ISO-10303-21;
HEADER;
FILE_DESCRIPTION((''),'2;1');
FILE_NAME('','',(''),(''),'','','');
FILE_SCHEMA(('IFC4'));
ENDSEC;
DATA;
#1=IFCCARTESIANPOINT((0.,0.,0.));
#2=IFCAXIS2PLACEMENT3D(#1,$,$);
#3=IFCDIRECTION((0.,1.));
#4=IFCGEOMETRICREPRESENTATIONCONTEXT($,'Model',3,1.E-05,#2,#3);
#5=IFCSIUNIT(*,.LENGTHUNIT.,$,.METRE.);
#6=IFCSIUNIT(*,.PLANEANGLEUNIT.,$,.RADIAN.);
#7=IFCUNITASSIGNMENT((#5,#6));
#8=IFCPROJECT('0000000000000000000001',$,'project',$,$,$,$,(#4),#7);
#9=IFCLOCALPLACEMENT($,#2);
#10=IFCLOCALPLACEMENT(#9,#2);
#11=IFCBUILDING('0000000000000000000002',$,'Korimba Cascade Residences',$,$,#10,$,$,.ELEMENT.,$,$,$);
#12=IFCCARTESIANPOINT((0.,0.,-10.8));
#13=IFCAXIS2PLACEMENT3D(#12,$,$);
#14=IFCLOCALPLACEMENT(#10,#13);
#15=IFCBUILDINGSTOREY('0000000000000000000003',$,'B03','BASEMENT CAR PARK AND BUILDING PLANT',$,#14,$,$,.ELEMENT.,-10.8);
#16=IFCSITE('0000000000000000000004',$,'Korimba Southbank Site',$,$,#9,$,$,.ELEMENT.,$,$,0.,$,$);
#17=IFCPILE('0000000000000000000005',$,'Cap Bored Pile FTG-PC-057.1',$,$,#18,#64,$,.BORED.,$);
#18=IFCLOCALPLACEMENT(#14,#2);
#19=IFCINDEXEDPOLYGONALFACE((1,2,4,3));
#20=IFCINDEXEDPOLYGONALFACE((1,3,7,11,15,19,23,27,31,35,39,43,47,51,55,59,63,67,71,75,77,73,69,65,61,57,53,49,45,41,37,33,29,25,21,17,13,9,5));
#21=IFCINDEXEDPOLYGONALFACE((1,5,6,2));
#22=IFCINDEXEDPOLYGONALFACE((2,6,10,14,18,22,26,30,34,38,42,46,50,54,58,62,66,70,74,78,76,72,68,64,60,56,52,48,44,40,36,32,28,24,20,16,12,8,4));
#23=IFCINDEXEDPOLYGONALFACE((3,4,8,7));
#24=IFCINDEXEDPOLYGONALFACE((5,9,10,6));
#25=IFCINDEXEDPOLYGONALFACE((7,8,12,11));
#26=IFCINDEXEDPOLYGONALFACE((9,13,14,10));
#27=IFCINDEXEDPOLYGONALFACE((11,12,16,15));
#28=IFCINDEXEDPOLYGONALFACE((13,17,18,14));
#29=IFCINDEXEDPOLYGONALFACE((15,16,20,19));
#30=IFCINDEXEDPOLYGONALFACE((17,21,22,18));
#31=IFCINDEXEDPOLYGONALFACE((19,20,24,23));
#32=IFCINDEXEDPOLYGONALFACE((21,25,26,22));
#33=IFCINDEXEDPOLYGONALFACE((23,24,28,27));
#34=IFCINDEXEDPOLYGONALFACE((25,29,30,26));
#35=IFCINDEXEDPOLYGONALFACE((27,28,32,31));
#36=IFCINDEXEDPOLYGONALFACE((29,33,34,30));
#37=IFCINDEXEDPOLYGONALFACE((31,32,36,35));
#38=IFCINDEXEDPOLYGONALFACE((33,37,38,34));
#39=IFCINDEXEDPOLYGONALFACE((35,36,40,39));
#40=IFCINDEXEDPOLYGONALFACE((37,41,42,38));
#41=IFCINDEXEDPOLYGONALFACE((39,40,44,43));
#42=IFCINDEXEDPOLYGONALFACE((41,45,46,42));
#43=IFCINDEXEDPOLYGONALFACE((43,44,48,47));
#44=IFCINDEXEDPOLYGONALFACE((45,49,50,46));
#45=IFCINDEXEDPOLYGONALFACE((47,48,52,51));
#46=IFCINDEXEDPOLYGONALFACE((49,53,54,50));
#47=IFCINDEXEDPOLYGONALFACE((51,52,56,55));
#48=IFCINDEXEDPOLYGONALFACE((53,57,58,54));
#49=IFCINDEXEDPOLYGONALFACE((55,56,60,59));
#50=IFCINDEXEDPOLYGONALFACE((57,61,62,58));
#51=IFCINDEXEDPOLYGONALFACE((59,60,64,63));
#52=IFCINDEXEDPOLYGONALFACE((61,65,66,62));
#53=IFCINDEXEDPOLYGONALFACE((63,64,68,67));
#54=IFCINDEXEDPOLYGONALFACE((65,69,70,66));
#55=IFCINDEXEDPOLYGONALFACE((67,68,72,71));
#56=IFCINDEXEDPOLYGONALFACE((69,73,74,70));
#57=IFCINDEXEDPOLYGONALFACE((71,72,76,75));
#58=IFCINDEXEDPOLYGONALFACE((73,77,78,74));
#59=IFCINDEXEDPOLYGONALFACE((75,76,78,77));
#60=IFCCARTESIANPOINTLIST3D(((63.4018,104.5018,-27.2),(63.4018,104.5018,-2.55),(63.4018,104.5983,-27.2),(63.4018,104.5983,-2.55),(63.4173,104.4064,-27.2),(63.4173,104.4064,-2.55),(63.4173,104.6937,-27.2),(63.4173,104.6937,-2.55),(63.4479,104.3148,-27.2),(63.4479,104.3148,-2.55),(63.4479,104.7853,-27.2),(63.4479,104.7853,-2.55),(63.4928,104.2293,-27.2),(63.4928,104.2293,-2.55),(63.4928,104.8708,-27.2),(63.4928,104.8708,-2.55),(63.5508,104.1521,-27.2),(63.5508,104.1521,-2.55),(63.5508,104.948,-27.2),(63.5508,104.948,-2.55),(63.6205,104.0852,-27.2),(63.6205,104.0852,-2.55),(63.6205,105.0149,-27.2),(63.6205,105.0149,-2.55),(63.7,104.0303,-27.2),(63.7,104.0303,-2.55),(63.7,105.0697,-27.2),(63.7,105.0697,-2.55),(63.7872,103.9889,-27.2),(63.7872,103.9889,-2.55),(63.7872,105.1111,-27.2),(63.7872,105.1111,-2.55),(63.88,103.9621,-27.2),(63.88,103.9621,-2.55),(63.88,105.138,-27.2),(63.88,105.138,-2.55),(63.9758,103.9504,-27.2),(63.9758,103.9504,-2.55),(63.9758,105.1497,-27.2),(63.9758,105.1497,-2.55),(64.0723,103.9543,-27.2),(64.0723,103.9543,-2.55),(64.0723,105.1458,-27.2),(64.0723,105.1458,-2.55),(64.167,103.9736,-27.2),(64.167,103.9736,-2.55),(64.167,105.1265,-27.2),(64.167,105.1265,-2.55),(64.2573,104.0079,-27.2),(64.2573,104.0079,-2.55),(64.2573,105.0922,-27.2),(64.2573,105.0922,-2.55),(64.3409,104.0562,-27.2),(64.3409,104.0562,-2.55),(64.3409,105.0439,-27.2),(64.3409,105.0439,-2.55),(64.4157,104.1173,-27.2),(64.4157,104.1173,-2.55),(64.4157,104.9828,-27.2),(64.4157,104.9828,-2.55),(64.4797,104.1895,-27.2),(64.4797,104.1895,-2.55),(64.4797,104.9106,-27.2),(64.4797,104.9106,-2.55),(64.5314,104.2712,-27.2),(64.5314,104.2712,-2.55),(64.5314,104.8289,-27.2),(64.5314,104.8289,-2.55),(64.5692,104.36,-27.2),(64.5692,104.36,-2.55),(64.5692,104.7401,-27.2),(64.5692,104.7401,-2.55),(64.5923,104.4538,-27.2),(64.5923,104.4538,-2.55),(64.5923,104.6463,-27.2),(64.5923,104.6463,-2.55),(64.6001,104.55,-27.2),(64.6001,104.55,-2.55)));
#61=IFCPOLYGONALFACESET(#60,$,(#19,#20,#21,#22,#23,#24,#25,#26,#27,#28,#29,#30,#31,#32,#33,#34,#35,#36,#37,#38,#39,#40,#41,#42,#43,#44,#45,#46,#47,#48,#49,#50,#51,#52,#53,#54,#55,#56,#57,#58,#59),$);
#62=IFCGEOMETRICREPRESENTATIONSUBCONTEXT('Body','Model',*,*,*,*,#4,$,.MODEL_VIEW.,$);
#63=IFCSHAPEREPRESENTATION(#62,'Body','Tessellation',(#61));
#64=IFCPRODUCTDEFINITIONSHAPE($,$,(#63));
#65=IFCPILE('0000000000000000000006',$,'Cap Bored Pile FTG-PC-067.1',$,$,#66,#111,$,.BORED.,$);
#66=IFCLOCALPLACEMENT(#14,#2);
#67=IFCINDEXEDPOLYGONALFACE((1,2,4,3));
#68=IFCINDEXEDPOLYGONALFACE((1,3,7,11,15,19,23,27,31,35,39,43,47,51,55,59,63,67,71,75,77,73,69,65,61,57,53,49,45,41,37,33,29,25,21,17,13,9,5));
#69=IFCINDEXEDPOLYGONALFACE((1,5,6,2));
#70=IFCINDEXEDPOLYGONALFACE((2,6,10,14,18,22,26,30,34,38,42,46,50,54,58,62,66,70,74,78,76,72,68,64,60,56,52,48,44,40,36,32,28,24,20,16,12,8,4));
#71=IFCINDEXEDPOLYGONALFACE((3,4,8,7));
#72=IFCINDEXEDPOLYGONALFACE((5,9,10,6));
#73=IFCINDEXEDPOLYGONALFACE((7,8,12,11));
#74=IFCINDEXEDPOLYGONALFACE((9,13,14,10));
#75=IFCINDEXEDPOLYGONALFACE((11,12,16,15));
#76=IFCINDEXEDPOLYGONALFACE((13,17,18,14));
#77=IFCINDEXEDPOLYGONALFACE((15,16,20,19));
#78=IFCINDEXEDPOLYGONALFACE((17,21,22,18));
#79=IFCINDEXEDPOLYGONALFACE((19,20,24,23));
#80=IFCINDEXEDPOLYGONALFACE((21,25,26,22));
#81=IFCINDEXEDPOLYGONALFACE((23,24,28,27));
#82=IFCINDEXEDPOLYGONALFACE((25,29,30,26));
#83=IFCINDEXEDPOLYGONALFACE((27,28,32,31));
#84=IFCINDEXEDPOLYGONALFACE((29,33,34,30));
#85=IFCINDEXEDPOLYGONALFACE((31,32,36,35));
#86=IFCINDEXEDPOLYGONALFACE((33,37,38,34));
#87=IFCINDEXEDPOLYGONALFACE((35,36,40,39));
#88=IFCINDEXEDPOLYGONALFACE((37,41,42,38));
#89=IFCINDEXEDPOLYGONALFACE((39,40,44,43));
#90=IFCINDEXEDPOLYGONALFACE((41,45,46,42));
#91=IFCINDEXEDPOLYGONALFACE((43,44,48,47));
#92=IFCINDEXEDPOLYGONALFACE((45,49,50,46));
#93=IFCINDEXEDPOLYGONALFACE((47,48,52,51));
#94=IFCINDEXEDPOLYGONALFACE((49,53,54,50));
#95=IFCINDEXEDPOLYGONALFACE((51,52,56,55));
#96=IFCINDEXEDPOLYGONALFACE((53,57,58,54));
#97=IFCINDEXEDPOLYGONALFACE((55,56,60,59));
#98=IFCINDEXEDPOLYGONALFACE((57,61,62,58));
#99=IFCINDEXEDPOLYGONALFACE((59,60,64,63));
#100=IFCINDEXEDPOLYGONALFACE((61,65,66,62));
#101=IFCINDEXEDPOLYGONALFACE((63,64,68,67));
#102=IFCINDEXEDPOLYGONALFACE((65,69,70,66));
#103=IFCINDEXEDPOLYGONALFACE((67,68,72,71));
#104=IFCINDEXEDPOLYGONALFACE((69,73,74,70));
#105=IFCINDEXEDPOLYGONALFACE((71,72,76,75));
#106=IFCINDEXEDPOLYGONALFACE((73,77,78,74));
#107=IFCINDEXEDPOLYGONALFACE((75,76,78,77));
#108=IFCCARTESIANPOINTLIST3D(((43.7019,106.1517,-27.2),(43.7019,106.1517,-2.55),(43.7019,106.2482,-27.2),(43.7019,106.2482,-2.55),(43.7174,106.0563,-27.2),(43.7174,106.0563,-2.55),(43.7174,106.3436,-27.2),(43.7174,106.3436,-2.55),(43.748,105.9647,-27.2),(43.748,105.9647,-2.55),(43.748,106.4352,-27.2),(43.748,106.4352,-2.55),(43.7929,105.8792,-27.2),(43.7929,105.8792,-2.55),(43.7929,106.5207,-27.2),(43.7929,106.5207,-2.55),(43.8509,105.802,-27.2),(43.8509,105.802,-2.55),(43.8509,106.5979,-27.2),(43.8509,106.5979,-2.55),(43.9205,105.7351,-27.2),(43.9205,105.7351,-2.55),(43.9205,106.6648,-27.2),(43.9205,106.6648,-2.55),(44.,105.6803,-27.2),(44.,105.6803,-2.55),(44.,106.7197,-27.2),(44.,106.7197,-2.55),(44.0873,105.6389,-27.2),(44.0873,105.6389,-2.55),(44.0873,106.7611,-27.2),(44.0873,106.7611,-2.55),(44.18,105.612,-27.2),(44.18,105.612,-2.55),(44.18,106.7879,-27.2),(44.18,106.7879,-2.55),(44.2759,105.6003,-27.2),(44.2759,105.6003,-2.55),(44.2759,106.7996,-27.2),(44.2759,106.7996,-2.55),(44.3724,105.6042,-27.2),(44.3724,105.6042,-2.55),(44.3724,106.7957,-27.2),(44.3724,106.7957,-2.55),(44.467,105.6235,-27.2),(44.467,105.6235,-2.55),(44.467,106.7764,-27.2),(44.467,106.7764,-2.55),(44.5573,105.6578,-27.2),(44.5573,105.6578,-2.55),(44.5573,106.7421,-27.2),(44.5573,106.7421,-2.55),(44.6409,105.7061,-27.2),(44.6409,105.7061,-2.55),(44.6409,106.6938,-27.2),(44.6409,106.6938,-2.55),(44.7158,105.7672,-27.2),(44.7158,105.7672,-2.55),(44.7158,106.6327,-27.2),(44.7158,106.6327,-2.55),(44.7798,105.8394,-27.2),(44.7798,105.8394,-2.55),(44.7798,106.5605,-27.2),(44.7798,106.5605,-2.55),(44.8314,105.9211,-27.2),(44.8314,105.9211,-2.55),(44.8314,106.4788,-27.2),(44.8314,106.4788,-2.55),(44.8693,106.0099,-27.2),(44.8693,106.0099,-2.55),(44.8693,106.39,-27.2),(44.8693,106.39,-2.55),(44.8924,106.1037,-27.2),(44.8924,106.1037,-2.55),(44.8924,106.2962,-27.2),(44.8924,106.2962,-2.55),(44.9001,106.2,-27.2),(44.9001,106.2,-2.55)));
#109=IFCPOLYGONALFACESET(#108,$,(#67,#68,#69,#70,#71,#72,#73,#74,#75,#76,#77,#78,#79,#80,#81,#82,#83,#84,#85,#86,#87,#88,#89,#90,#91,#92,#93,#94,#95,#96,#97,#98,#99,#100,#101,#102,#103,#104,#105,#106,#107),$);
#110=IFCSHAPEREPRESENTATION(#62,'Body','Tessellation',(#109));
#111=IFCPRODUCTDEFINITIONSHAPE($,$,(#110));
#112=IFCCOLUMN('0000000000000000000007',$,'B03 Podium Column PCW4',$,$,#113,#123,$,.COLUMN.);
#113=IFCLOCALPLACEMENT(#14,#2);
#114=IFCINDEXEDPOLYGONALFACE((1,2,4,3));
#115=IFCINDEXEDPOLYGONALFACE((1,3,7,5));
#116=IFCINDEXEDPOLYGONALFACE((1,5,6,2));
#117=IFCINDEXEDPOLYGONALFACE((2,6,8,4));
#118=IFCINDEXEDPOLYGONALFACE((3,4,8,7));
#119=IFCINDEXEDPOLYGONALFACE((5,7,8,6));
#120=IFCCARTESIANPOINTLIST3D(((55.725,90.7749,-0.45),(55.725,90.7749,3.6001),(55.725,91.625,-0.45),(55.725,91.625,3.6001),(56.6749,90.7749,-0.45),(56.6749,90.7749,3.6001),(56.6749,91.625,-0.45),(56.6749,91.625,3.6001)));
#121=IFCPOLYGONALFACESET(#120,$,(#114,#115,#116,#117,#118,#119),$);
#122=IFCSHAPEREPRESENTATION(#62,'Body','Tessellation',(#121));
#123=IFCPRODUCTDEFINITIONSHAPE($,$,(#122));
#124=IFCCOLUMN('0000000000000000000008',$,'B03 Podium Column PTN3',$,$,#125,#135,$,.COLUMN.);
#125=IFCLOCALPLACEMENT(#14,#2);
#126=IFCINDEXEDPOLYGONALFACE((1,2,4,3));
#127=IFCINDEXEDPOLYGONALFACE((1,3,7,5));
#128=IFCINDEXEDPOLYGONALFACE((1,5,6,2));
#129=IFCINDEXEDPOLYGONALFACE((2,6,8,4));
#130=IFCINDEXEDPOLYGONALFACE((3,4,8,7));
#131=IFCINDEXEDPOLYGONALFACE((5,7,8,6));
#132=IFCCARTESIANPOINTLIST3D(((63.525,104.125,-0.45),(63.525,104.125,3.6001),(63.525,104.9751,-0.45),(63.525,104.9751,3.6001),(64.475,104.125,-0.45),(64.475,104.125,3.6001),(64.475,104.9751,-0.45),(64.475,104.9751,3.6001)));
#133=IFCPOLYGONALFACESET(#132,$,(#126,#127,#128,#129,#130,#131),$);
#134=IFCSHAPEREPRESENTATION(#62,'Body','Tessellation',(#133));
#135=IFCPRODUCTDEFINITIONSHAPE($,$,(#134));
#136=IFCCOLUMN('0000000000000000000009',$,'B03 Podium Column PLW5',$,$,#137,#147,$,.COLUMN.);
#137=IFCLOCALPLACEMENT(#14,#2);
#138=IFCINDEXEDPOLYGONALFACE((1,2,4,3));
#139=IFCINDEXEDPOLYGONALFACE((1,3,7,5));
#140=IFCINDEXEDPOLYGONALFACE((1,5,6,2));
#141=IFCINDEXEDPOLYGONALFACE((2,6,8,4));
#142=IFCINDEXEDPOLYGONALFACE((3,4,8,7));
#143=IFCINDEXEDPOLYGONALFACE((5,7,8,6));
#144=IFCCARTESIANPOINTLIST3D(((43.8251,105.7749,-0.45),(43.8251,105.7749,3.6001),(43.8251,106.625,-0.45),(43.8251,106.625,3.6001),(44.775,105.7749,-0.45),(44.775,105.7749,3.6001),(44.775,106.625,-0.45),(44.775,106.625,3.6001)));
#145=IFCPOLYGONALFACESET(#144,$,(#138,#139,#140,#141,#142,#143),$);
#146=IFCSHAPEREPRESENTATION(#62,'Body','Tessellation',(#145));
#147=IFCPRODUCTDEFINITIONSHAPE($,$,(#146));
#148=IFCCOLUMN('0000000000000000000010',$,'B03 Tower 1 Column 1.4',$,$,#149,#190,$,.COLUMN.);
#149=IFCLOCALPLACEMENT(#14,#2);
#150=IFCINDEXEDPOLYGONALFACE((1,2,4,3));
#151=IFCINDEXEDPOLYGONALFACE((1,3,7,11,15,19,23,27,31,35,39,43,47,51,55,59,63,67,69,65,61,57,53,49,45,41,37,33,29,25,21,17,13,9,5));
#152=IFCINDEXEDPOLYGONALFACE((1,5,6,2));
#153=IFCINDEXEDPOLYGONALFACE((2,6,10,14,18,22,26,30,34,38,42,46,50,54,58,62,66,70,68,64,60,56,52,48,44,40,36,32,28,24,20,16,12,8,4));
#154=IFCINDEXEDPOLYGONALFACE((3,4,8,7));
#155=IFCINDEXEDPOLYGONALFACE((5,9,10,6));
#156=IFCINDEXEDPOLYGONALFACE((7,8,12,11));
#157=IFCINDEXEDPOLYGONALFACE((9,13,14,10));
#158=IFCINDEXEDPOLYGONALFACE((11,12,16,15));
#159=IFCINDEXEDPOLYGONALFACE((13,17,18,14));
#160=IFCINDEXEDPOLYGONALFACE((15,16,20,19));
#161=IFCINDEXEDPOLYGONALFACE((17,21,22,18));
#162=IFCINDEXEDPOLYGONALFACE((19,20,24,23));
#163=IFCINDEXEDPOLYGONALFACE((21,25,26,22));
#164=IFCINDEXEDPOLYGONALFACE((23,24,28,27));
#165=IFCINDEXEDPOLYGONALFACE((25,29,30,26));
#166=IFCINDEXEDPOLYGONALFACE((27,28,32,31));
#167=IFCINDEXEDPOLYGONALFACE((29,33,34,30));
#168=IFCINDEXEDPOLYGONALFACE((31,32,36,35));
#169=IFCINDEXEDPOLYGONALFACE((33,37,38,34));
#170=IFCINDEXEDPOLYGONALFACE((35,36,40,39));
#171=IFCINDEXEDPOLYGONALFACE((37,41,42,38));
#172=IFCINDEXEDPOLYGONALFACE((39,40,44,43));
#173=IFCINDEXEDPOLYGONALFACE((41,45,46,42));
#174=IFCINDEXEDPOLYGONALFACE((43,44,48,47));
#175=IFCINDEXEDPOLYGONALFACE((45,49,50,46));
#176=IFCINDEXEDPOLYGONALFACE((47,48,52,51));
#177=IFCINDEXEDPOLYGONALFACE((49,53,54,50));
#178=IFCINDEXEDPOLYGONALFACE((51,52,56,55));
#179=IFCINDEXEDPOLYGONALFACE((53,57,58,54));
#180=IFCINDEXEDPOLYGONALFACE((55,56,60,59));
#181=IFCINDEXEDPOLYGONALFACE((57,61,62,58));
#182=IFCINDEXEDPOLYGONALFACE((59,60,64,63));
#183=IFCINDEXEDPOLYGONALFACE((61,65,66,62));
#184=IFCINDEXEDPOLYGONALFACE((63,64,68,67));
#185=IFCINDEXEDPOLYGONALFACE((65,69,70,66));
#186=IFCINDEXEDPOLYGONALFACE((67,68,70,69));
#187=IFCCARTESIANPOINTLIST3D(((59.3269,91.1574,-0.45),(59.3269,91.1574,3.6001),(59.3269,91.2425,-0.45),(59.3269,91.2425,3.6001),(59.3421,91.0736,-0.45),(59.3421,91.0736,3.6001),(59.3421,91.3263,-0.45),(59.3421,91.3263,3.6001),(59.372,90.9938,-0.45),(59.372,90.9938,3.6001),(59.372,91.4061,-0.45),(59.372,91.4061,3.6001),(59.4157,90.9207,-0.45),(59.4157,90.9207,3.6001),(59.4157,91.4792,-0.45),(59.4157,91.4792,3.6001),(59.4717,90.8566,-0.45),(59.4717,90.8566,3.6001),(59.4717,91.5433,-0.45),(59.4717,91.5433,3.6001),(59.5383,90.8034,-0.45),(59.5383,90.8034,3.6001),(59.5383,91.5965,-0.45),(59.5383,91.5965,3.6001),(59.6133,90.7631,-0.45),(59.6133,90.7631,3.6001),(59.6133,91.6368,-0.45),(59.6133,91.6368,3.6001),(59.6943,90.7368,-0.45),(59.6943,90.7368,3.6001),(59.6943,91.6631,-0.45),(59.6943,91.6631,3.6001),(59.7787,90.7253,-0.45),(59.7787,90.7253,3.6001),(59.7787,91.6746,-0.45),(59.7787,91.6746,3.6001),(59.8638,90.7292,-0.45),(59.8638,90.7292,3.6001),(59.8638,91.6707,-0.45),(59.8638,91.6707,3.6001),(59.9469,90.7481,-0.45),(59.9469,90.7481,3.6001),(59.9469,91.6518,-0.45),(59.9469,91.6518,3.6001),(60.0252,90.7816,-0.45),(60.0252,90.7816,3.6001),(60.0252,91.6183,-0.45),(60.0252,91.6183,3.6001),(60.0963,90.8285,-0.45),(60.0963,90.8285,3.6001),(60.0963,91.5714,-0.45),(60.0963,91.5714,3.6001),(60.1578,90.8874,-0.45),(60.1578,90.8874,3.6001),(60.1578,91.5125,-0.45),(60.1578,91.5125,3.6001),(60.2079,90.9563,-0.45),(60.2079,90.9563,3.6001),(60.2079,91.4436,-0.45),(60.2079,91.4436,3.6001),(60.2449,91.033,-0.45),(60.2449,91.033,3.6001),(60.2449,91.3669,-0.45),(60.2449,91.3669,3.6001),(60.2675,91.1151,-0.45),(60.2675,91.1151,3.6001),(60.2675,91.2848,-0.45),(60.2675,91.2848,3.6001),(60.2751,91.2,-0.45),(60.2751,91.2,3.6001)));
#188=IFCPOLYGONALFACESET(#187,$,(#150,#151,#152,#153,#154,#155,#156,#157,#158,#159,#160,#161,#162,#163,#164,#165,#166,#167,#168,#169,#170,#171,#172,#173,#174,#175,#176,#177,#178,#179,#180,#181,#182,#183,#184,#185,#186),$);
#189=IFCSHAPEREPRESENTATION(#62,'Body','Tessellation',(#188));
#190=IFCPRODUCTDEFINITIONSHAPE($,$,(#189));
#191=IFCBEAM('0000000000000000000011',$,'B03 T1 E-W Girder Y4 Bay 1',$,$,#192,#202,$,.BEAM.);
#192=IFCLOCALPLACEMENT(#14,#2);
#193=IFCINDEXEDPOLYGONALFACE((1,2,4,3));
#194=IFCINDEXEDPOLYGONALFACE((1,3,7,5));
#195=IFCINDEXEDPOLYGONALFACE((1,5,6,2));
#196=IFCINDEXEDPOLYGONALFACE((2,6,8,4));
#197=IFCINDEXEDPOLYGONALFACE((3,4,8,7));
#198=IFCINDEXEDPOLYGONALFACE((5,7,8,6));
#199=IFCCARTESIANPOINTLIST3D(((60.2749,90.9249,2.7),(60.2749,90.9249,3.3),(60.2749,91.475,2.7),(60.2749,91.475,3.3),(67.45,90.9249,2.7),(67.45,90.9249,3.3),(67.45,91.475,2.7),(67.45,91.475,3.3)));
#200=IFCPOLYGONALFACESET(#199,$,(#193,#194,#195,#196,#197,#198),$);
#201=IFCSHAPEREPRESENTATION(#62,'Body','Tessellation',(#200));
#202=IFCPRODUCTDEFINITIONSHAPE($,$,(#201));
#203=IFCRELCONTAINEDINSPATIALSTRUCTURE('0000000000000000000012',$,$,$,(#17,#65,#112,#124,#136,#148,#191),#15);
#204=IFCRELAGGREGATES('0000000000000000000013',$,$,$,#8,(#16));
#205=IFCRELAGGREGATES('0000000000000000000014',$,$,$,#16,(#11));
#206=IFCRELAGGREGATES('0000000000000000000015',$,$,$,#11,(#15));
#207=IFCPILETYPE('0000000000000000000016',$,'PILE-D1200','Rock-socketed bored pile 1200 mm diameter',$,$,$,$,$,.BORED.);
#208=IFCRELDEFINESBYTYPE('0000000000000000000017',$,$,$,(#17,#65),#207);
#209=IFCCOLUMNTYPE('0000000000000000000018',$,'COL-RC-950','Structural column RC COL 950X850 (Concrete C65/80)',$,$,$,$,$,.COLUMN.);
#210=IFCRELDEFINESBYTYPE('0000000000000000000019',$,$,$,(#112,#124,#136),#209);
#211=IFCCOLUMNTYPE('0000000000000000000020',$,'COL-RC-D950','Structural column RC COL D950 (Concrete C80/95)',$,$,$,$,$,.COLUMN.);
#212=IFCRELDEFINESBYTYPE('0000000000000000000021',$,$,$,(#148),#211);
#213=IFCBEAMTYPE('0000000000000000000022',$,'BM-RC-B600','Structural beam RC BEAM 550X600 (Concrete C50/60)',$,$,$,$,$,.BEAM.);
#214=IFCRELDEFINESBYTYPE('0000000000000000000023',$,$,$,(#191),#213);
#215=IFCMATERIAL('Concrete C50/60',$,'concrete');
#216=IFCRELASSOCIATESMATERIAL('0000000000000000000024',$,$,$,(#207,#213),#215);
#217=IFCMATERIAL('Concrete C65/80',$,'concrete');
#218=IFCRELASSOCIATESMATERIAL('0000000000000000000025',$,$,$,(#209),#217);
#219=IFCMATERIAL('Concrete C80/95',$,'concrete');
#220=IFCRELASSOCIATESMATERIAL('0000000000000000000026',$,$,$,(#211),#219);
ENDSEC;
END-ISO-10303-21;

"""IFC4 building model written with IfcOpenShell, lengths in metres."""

from ifc_helpers import new_model, si_unit, direction, frame, origin, origin_2d, place, context, subcontext, project, spatial, rectangle, circle, extrude, material, material_profile, profile_set, type_object, element, save


model = new_model("IFC4")

# Units and contexts
model_context = context("Model", 3, precision=1e-05, world=origin(), true_north=direction((0.0, 1.0)))
body_context = subcontext(model_context, "Body", "Model", "MODEL_VIEW")
ifc_project = project(units=[si_unit("LENGTHUNIT", "METRE"), si_unit("PLANEANGLEUNIT", "RADIAN")], contexts=[model_context])

# Site, building, storey
site_placement = place(None, origin())
site = spatial("IfcSite", under=ifc_project, at=site_placement, Name="Korimba Southbank Site", CompositionType="ELEMENT", RefElevation=0.0)
building_placement = place(site_placement, origin())
building = spatial("IfcBuilding", under=site, at=building_placement, Name="Korimba Cascade Residences", CompositionType="ELEMENT")
storey_placement = place(building_placement, frame((0.0, 0.0, -10.8)))
storey = spatial("IfcBuildingStorey", under=building, at=storey_placement, Name="B03", Description="BASEMENT CAR PARK AND BUILDING PLANT", CompositionType="ELEMENT", Elevation=-10.8)

# Piles
ifc_material_1 = material(Name="Concrete C50/60", Category="concrete")
ifc_material_profile_1 = material_profile(ifc_material_1, circle(Radius=0.6001, at=origin_2d()), Name="Concrete C50/60")
ifc_profile_set_1 = profile_set([ifc_material_profile_1], Name="Concrete C50/60")
pile_type = type_object("IfcPileType", Name="PILE-D1200", Description="Rock-socketed bored pile 1200 mm diameter", PredefinedType="BORED", material=ifc_profile_set_1)
for number, where, z_axis, x_axis, name in (
    (1, (64.0, 104.55, -2.55), (0.0, 0.0, -1.0), (1.0, 0.0, 0.0), "Cap Bored Pile FTG-PC-057.1"),
    (2, (44.3, 106.2, -2.55), (0.0, 0.0, -1.0), (1.0, 0.0, 0.0), "Cap Bored Pile FTG-PC-067.1"),
):
    element("IfcPile", number, at=place(storey_placement, frame(where, z_axis=z_axis, x_axis=x_axis)), inside=storey, type_object=pile_type, Name=name, PredefinedType="BORED", context=body_context, shape_type="SweptSolid", body=[
        extrude(circle(Radius=0.6001, at=origin_2d()), origin(), (0.0, 0.0, 1.0), 24.6499),
    ])

# Columns
ifc_material_2 = material(Name="Concrete C65/80", Category="concrete")
ifc_material_profile_2 = material_profile(ifc_material_2, rectangle(XDim=0.95, YDim=0.8501, at=origin_2d()), Name="Concrete C65/80")
ifc_profile_set_2 = profile_set([ifc_material_profile_2], Name="Concrete C65/80")
column_type_1 = type_object("IfcColumnType", Name="COL-RC-950", Description="Structural column RC COL 950X850 (Concrete C65/80)", PredefinedType="COLUMN", material=ifc_profile_set_2)
for number, where, z_axis, x_axis, name in (
    (3, (56.2, 91.2, -0.45), (0.0, 0.0, 1.0), (1.0, 0.0, 0.0), "B03 Podium Column PCW4"),
    (4, (64.0, 104.55, -0.45), (0.0, 0.0, 1.0), (1.0, 0.0, 0.0), "B03 Podium Column PTN3"),
    (5, (44.3, 106.2, -0.45), (0.0, 0.0, 1.0), (1.0, 0.0, 0.0), "B03 Podium Column PLW5"),
):
    element("IfcColumn", number, at=place(storey_placement, frame(where, z_axis=z_axis, x_axis=x_axis)), inside=storey, type_object=column_type_1, Name=name, PredefinedType="COLUMN", context=body_context, shape_type="SweptSolid", body=[
        extrude(rectangle(XDim=0.95, YDim=0.8501, at=origin_2d()), origin(), (0.0, 0.0, 1.0), 4.05),
    ])
ifc_material_3 = material(Name="Concrete C80/95", Category="concrete")
ifc_material_profile_3 = material_profile(ifc_material_3, circle(Radius=0.4751, at=origin_2d()), Name="Concrete C80/95")
ifc_profile_set_3 = profile_set([ifc_material_profile_3], Name="Concrete C80/95")
column_type_2 = type_object("IfcColumnType", Name="COL-RC-D950", Description="Structural column RC COL D950 (Concrete C80/95)", PredefinedType="COLUMN", material=ifc_profile_set_3)
column_placement = place(storey_placement, frame((59.8, 91.2, -0.45), z_axis=(0.0, 0.0, 1.0), x_axis=(1.0, 0.0, 0.0)))
element("IfcColumn", 6, at=column_placement, inside=storey, type_object=column_type_2, Name="B03 Tower 1 Column 1.4", PredefinedType="COLUMN", context=body_context, shape_type="SweptSolid", body=[
    extrude(circle(Radius=0.4751, at=origin_2d()), origin(), (0.0, 0.0, 1.0), 4.05),
])

# Beam
ifc_material_profile_4 = material_profile(ifc_material_1, rectangle(XDim=0.55, YDim=0.6001, at=origin_2d()), Name="Concrete C50/60")
ifc_profile_set_4 = profile_set([ifc_material_profile_4], Name="Concrete C50/60")
beam_type_1 = type_object("IfcBeamType", Name="BM-RC-B600", Description="Structural beam RC BEAM 550X600 (Concrete C50/60)", PredefinedType="BEAM", material=ifc_profile_set_4)
beam_1_placement = place(storey_placement, frame((60.2749, 91.2, 3.0), z_axis=(1.0, 0.0, 0.0), x_axis=(0.0, 1.0, 0.0)))
element("IfcBeam", 7, at=beam_1_placement, inside=storey, type_object=beam_type_1, Name="B03 T1 E-W Girder Y4 Bay 1", PredefinedType="BEAM", context=body_context, shape_type="SweptSolid", body=[
    extrude(rectangle(XDim=0.55, YDim=0.6001, at=origin_2d()), origin(), (0.0, 0.0, 1.0), 7.175),
])

save(model, "model.ifc")
